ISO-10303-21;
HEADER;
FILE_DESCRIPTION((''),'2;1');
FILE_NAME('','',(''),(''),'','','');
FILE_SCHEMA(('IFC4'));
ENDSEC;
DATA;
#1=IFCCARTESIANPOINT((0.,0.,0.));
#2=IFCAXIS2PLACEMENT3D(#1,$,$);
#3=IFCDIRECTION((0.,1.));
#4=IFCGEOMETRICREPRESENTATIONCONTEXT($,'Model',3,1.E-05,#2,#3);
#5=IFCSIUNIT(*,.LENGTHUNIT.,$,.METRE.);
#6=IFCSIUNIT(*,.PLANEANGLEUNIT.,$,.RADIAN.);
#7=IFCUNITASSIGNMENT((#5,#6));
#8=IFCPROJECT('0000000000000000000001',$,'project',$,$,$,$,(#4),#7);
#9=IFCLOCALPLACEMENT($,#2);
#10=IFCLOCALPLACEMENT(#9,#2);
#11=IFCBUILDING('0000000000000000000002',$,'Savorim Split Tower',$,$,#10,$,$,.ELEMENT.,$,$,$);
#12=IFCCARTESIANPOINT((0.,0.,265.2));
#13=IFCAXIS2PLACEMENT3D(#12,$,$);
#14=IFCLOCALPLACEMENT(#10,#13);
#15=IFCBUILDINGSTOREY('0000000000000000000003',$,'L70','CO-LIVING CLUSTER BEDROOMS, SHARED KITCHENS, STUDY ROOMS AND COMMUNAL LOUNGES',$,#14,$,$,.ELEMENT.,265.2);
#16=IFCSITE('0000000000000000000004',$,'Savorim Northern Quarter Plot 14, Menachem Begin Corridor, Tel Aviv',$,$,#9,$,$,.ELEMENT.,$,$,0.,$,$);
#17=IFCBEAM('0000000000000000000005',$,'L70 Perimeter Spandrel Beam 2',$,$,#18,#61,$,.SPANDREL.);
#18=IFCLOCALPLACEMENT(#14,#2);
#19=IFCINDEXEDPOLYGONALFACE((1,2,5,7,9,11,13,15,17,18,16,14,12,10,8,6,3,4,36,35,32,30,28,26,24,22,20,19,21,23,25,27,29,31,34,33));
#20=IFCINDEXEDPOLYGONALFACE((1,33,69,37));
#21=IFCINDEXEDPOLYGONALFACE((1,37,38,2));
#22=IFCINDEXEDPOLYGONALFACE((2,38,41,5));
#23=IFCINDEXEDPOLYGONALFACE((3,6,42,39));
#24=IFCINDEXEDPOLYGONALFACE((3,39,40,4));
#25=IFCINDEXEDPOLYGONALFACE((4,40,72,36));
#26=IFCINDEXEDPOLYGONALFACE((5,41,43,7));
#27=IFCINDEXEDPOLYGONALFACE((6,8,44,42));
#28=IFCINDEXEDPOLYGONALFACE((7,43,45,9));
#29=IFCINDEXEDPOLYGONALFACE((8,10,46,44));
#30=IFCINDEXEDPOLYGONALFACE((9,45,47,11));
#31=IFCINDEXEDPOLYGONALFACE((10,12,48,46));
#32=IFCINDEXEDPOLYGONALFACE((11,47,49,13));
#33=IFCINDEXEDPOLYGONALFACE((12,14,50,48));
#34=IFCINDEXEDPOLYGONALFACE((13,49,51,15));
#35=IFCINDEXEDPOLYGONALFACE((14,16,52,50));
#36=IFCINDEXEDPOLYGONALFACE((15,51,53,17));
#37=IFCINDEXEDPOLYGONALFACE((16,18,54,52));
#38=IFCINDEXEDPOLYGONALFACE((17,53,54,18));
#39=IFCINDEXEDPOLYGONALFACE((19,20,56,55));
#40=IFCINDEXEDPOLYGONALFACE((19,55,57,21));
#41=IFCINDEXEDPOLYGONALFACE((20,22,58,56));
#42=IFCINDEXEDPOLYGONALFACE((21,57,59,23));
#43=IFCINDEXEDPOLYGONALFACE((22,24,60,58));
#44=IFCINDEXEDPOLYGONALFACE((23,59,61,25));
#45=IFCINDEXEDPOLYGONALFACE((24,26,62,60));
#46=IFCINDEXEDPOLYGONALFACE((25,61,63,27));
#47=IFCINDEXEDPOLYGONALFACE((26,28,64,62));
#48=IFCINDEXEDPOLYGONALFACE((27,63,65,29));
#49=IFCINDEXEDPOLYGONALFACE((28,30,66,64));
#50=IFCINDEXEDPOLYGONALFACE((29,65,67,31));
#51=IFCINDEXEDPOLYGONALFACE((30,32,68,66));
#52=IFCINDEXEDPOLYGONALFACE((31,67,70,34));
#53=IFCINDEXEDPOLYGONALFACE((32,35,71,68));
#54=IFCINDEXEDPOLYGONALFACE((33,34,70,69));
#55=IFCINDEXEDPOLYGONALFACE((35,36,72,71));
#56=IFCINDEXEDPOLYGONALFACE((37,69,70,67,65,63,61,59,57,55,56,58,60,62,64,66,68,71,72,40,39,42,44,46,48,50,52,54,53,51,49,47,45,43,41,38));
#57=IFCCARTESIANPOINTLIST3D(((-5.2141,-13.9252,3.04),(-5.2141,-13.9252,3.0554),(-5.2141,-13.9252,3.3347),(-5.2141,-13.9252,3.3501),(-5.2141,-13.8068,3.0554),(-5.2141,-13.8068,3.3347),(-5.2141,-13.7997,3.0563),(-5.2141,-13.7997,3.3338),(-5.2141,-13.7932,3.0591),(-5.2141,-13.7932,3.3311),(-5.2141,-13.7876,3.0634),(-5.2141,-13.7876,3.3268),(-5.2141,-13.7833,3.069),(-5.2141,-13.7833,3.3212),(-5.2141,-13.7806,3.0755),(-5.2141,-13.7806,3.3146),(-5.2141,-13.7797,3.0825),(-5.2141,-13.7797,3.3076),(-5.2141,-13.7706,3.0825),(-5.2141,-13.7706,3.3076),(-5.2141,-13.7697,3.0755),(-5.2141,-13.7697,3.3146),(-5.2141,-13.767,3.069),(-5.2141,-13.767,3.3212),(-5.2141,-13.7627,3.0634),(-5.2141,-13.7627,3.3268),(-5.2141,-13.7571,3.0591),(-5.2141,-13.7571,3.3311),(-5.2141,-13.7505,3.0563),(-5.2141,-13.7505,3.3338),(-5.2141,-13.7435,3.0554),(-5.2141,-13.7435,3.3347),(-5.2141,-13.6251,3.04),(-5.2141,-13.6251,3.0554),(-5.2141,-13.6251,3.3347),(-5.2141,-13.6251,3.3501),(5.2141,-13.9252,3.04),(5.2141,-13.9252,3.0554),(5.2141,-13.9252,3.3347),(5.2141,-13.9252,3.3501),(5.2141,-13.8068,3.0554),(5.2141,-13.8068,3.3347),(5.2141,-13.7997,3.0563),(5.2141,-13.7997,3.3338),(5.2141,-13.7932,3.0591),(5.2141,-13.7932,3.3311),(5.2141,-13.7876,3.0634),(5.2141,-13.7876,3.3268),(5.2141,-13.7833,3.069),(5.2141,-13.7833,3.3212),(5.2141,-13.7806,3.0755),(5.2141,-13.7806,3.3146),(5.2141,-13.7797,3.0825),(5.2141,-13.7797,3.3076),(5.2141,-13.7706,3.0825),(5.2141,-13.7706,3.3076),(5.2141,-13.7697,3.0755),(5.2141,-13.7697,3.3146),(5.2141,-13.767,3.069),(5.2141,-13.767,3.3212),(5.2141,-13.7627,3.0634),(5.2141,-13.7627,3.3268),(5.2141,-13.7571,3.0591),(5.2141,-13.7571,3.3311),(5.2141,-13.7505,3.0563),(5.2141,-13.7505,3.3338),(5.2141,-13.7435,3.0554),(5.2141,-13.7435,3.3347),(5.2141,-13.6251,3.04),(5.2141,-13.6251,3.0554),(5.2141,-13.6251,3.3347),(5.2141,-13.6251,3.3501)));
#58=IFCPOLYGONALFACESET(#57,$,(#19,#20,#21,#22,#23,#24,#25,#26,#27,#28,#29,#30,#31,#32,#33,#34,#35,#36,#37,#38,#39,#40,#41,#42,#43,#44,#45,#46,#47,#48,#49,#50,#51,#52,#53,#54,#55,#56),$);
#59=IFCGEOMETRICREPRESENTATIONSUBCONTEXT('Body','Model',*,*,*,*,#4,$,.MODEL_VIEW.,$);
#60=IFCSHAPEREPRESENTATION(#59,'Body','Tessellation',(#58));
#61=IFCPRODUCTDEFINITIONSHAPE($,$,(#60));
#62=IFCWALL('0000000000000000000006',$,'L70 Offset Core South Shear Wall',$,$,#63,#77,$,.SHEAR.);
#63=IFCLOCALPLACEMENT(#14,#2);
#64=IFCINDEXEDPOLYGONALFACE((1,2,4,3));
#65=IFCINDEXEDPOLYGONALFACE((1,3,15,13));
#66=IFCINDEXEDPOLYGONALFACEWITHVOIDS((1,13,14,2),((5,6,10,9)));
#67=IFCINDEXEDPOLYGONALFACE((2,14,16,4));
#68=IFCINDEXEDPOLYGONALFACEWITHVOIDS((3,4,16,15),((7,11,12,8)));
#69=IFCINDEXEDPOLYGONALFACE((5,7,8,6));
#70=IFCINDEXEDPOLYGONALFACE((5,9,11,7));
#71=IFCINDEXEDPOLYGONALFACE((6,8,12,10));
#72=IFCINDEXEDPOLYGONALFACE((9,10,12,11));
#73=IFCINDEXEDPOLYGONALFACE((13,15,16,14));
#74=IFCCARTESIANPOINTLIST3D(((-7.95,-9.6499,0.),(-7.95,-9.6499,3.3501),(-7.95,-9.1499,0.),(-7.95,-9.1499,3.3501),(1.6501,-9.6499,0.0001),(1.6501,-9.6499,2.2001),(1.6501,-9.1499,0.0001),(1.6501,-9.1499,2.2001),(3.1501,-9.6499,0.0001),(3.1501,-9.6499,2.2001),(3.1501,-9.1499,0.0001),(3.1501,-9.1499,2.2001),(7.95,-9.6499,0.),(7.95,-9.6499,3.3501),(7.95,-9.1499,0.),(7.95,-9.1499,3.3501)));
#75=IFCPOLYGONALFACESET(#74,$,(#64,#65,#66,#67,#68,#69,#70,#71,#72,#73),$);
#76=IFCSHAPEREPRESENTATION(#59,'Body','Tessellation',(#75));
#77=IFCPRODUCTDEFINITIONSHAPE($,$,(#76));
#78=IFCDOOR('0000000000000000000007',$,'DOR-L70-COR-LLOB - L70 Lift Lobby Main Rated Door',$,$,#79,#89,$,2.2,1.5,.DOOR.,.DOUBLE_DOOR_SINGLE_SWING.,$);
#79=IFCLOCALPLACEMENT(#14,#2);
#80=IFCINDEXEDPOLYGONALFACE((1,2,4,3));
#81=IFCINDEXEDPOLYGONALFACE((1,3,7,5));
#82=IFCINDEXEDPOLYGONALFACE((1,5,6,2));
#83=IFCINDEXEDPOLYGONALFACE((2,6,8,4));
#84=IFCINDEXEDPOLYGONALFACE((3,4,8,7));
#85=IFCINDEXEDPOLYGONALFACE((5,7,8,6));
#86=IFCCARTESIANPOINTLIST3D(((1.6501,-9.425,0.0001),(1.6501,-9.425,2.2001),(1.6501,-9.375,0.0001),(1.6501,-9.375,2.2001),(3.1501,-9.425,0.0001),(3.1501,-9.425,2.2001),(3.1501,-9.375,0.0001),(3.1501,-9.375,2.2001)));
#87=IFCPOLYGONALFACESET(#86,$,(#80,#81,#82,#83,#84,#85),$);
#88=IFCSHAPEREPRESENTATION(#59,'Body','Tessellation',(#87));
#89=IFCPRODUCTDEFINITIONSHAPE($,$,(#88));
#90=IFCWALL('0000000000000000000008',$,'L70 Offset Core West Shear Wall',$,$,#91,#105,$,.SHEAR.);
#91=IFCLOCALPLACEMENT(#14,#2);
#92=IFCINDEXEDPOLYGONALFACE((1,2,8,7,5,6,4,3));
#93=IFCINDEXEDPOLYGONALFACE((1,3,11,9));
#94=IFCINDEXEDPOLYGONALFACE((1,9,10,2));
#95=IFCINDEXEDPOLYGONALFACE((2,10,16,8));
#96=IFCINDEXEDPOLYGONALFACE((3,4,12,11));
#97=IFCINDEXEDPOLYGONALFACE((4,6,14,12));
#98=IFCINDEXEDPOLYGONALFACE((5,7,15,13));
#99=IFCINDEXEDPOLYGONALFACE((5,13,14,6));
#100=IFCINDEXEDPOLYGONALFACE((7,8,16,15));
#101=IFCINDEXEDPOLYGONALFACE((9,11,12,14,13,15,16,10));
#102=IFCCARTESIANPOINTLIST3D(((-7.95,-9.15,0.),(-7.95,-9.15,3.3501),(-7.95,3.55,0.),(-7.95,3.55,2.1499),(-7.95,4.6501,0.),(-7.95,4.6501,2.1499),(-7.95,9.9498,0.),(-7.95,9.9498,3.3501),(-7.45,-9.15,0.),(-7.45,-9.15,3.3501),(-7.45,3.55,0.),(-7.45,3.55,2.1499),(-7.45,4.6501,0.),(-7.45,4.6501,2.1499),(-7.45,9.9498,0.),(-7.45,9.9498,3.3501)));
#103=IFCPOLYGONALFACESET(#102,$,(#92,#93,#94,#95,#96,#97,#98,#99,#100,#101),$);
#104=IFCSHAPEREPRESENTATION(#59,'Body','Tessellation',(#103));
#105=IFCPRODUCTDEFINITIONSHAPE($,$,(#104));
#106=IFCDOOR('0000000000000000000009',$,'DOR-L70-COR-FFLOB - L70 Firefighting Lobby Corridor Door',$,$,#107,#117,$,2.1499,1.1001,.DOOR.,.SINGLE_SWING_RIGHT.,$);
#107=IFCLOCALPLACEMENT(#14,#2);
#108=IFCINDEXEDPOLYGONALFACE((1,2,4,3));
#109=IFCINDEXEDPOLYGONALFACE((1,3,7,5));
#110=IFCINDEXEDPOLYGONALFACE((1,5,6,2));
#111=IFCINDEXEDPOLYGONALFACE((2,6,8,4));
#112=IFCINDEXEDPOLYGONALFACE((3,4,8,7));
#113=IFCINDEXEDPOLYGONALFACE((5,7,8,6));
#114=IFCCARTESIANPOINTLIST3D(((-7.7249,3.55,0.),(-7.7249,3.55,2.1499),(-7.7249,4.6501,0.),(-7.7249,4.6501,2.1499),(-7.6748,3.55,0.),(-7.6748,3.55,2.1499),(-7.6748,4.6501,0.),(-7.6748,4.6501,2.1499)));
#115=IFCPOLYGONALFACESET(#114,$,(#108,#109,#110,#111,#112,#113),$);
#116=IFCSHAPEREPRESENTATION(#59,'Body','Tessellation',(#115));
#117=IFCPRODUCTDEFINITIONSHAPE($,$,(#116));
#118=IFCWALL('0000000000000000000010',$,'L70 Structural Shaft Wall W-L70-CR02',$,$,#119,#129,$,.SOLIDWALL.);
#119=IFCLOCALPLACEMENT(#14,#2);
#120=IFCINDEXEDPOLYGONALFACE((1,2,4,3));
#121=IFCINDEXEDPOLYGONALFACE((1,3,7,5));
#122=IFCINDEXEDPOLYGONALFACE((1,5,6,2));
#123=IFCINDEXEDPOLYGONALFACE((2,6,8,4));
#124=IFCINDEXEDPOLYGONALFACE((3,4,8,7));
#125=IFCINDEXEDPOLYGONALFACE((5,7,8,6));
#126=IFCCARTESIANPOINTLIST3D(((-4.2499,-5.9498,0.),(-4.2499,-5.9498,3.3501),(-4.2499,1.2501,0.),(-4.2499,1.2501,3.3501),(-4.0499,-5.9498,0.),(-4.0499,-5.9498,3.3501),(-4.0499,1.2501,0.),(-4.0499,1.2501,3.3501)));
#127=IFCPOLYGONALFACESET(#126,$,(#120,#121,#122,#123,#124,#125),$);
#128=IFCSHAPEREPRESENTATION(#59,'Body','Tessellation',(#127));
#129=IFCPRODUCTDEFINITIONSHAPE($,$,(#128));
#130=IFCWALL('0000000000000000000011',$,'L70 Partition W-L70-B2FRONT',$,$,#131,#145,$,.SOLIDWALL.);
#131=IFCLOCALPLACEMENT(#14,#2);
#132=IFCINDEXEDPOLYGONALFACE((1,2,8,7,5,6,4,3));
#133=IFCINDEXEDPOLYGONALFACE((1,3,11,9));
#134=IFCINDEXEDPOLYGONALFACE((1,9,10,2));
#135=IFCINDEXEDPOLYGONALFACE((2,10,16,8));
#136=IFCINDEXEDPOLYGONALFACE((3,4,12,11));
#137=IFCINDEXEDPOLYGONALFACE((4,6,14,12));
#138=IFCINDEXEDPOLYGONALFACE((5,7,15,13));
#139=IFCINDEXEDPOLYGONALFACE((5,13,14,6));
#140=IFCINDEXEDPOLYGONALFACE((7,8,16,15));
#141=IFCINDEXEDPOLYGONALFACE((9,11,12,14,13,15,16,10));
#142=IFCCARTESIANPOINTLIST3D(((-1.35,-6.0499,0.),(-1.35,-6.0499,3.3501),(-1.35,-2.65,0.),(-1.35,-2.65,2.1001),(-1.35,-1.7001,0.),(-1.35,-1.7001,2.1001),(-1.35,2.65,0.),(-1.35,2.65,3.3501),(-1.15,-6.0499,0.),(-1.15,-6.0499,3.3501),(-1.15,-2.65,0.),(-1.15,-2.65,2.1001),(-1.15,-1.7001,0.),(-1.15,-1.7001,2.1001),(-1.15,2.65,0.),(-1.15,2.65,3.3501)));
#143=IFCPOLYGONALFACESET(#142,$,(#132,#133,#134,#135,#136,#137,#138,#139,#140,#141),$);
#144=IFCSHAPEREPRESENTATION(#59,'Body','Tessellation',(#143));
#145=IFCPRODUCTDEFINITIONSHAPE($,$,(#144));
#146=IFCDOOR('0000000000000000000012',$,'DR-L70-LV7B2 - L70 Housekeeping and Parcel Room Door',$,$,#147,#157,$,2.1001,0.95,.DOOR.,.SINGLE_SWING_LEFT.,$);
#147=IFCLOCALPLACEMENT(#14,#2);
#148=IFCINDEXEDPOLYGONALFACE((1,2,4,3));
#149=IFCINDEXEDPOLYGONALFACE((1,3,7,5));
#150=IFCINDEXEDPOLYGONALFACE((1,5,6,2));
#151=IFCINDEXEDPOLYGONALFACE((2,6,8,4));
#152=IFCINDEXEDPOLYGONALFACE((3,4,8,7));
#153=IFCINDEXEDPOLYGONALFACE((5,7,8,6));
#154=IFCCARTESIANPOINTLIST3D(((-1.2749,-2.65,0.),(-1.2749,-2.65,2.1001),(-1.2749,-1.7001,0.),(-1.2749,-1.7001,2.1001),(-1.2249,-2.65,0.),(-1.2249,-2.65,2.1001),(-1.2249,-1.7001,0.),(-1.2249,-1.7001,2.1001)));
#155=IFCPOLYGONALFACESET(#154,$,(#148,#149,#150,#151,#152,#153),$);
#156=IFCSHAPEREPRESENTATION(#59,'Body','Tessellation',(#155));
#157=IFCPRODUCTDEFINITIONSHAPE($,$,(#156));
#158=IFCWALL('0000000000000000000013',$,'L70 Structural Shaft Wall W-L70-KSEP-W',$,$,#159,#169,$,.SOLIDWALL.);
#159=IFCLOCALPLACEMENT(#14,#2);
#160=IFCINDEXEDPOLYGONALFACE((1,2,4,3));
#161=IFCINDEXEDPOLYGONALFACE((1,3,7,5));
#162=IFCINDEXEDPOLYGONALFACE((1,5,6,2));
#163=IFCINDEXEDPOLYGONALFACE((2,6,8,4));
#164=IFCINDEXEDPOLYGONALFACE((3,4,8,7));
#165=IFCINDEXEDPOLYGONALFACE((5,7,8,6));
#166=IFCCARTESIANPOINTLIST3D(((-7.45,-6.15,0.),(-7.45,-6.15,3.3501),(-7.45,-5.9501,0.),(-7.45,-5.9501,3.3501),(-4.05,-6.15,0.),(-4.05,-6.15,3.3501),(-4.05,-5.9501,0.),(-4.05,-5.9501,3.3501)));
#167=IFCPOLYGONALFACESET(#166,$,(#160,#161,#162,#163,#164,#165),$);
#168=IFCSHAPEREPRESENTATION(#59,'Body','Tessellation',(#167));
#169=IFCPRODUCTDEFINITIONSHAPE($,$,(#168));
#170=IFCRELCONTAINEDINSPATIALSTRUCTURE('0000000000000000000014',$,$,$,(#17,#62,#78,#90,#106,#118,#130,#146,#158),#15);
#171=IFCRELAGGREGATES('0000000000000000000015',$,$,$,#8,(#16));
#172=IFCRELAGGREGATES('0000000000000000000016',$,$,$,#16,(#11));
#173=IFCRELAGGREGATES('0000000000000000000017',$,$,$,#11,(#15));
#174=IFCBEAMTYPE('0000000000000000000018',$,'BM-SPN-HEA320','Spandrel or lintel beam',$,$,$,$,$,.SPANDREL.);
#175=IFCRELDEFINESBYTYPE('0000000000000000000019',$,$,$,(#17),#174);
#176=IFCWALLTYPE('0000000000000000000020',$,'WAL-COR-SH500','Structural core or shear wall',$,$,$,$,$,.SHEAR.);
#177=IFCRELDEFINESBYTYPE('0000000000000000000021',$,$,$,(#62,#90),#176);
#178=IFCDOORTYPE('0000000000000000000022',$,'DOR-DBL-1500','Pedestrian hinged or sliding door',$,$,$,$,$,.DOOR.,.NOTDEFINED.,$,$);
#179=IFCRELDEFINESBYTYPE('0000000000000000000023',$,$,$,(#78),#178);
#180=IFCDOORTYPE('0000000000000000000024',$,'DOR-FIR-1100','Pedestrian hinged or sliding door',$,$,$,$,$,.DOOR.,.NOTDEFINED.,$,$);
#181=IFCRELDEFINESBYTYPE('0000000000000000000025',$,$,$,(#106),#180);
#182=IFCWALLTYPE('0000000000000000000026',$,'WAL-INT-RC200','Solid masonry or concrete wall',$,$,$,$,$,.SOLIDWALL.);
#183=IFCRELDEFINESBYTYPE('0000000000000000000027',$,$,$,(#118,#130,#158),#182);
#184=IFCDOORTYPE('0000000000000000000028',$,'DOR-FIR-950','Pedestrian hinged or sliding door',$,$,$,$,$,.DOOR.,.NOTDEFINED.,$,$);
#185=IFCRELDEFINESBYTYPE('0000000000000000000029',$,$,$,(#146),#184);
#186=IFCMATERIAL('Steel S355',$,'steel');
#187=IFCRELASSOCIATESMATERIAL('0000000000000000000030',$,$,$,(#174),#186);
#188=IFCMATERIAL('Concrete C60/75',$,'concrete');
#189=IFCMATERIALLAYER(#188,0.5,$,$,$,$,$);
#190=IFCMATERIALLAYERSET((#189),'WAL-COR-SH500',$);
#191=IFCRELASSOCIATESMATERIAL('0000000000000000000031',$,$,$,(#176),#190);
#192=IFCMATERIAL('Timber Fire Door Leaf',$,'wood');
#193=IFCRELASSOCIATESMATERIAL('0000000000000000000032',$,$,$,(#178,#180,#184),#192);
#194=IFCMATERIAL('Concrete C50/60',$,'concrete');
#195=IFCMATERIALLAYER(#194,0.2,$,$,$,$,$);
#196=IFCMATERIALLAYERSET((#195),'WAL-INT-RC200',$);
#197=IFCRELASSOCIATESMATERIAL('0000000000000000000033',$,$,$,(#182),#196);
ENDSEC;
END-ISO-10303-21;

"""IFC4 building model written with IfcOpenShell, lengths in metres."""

from ifc_helpers import new_model, si_unit, direction, frame, frame_2d, origin, origin_2d, place, context, subcontext, project, spatial, rectangle, i_section, extrude, material, layer, layer_set, material_profile, profile_set, type_object, element, fill, save


model = new_model("IFC4")

# Units and contexts
model_context = context("Model", 3, precision=1e-05, world=origin(), true_north=direction((0.0, 1.0)))
body_context = subcontext(model_context, "Body", "Model", "MODEL_VIEW")
ifc_project = project(units=[si_unit("LENGTHUNIT", "METRE"), si_unit("PLANEANGLEUNIT", "RADIAN")], contexts=[model_context])

# Site, building, storey
site_placement = place(None, origin())
site = spatial("IfcSite", under=ifc_project, at=site_placement, Name="Savorim Northern Quarter Plot 14, Menachem Begin Corridor, Tel Aviv", CompositionType="ELEMENT", RefElevation=0.0)
building_placement = place(site_placement, origin())
building = spatial("IfcBuilding", under=site, at=building_placement, Name="Savorim Split Tower", CompositionType="ELEMENT")
storey_placement = place(building_placement, frame((0.0, 0.0, 265.2)))
storey = spatial("IfcBuildingStorey", under=building, at=storey_placement, Name="L70", Description="CO-LIVING CLUSTER BEDROOMS, SHARED KITCHENS, STUDY ROOMS AND COMMUNAL LOUNGES", CompositionType="ELEMENT", Elevation=265.2)

# Shared definitions
ifc_material_1 = material(Name="Steel S355", Category="steel")

# Beam
ifc_material_profile_1 = material_profile(ifc_material_1, i_section(OverallWidth=0.3, OverallDepth=0.3101, WebThickness=0.009, FlangeThickness=0.0154, FilletRadius=0.0271, at=origin_2d()), Name="HEA 320")
ifc_profile_set_1 = profile_set([ifc_material_profile_1], Name="Steel S355")
beam_type_1 = type_object("IfcBeamType", Name="BM-SPN-HEA320", Description="Spandrel or lintel beam", PredefinedType="SPANDREL", material=ifc_profile_set_1)
beam_1_placement = place(storey_placement, frame((-5.2141, -13.7751, 3.1951), z_axis=(1.0, 0.0, 0.0), x_axis=(0.0, 1.0, 0.0)))
element("IfcBeam", 1, at=beam_1_placement, inside=storey, type_object=beam_type_1, Name="L70 Perimeter Spandrel Beam 2", PredefinedType="SPANDREL", context=body_context, shape_type="SweptSolid", body=[
    extrude(i_section(OverallWidth=0.3, OverallDepth=0.3101, WebThickness=0.009, FlangeThickness=0.0154, FilletRadius=0.0271, at=origin_2d()), origin(), (0.0, 0.0, 1.0), 10.4282),
])

# Walls, openings, doors
ifc_material_2 = material(Name="Concrete C60/75", Category="concrete")
ifc_layer_1 = layer(ifc_material_2, 0.5)
ifc_layer_set_1 = layer_set([ifc_layer_1], Name="WAL-COR-SH500")
wall_type_1 = type_object("IfcWallType", Name="WAL-COR-SH500", Description="Structural core or shear wall", PredefinedType="SHEAR", material=ifc_layer_set_1)
wall_1_placement = place(storey_placement, frame((-7.95, -9.3999, 0.0), z_axis=(0.0, 0.0, 1.0), x_axis=(1.0, 0.0, 0.0)))
wall_1 = element("IfcWall", 2, at=wall_1_placement, inside=storey, type_object=wall_type_1, Name="L70 Offset Core South Shear Wall", PredefinedType="SHEAR", context=body_context, shape_type="SweptSolid", body=[
    extrude(rectangle(XDim=15.8999, YDim=0.5, at=frame_2d((7.95, 0.0))), origin(), (0.0, 0.0, 1.0), 3.3501),
])
opening_1_placement = place(wall_1_placement, frame((9.6001, 0.0, 0.0)))
opening_1 = element("IfcOpeningElement", 3, at=opening_1_placement, cuts=wall_1, PredefinedType="OPENING", context=body_context, shape_type="SweptSolid", body=[
    extrude(rectangle(XDim=1.5, YDim=2.2, at=frame_2d((0.75, 1.1001))), frame((0.0, 0.26, 0.0), z_axis=(0.0, -1.0, 0.0), x_axis=(1.0, 0.0, 0.0)), (0.0, 0.0, 1.0), 0.52),
])
ifc_material_3 = material(Name="Timber Fire Door Leaf", Category="wood")
door_type_1 = type_object("IfcDoorType", Name="DOR-DBL-1500", Description="Pedestrian hinged or sliding door", OperationType="NOTDEFINED", PredefinedType="DOOR", material=ifc_material_3)
door_1_placement = place(opening_1_placement, origin())
door_1 = element("IfcDoor", 4, at=door_1_placement, inside=storey, type_object=door_type_1, Name="DOR-L70-COR-LLOB - L70 Lift Lobby Main Rated Door", OperationType="DOUBLE_DOOR_SINGLE_SWING", OverallHeight=2.2, OverallWidth=1.5, PredefinedType="DOOR", context=body_context, shape_type="SweptSolid", body=[
    extrude(rectangle(XDim=1.5, YDim=2.2, at=frame_2d((0.75, 1.1001))), frame((0.0, 0.0249, 0.0), z_axis=(0.0, -1.0, 0.0), x_axis=(1.0, 0.0, 0.0)), (0.0, 0.0, 1.0), 0.05),
])
fill(opening_1, door_1)
wall_2_placement = place(storey_placement, frame((-7.7, -9.1499, 0.0), z_axis=(0.0, 0.0, 1.0), x_axis=(0.0, 1.0, 0.0)))
wall_2 = element("IfcWall", 5, at=wall_2_placement, inside=storey, type_object=wall_type_1, Name="L70 Offset Core West Shear Wall", PredefinedType="SHEAR", context=body_context, shape_type="SweptSolid", body=[
    extrude(rectangle(XDim=19.0999, YDim=0.5, at=frame_2d((9.5498, 0.0))), origin(), (0.0, 0.0, 1.0), 3.3501),
])
opening_2_placement = place(wall_2_placement, frame((12.7, 0.0, 0.0)))
opening_2 = element("IfcOpeningElement", 6, at=opening_2_placement, cuts=wall_2, PredefinedType="OPENING", context=body_context, shape_type="SweptSolid", body=[
    extrude(rectangle(XDim=1.1001, YDim=2.1499, at=frame_2d((0.55, 1.075))), frame((0.0, 0.26, 0.0), z_axis=(0.0, -1.0, 0.0), x_axis=(1.0, 0.0, 0.0)), (0.0, 0.0, 1.0), 0.52),
])
door_type_2 = type_object("IfcDoorType", Name="DOR-FIR-1100", Description="Pedestrian hinged or sliding door", OperationType="NOTDEFINED", PredefinedType="DOOR", material=ifc_material_3)
door_2_placement = place(opening_2_placement, origin())
door_2 = element("IfcDoor", 7, at=door_2_placement, inside=storey, type_object=door_type_2, Name="DOR-L70-COR-FFLOB - L70 Firefighting Lobby Corridor Door", OperationType="SINGLE_SWING_RIGHT", OverallHeight=2.1499, OverallWidth=1.1001, PredefinedType="DOOR", context=body_context, shape_type="SweptSolid", body=[
    extrude(rectangle(XDim=1.1001, YDim=2.1499, at=frame_2d((0.55, 1.075))), frame((0.0, 0.0249, 0.0), z_axis=(0.0, -1.0, 0.0), x_axis=(1.0, 0.0, 0.0)), (0.0, 0.0, 1.0), 0.05),
])
fill(opening_2, door_2)

# Wall
ifc_material_4 = material(Name="Concrete C50/60", Category="concrete")
ifc_layer_2 = layer(ifc_material_4, 0.2)
ifc_layer_set_2 = layer_set([ifc_layer_2], Name="WAL-INT-RC200")
wall_type_2 = type_object("IfcWallType", Name="WAL-INT-RC200", Description="Solid masonry or concrete wall", PredefinedType="SOLIDWALL", material=ifc_layer_set_2)
wall_3_placement = place(storey_placement, frame((-4.1499, -5.95, 0.0), z_axis=(0.0, 0.0, 1.0), x_axis=(0.0, 1.0, 0.0)))
element("IfcWall", 8, at=wall_3_placement, inside=storey, type_object=wall_type_2, Name="L70 Structural Shaft Wall W-L70-CR02", PredefinedType="SOLIDWALL", context=body_context, shape_type="SweptSolid", body=[
    extrude(rectangle(XDim=7.2, YDim=0.2, at=frame_2d((3.6001, 0.0))), origin(), (0.0, 0.0, 1.0), 3.3501),
])

# Wall, opening, door
wall_4_placement = place(storey_placement, frame((-1.25, -6.05, 0.0), z_axis=(0.0, 0.0, 1.0), x_axis=(0.0, 1.0, 0.0)))
wall_4 = element("IfcWall", 9, at=wall_4_placement, inside=storey, type_object=wall_type_2, Name="L70 Partition W-L70-B2FRONT", PredefinedType="SOLIDWALL", context=body_context, shape_type="SweptSolid", body=[
    extrude(rectangle(XDim=8.7, YDim=0.2, at=frame_2d((4.3501, 0.0))), origin(), (0.0, 0.0, 1.0), 3.3501),
])
opening_3_placement = place(wall_4_placement, frame((3.3999, 0.0, 0.0)))
opening_3 = element("IfcOpeningElement", 10, at=opening_3_placement, cuts=wall_4, PredefinedType="OPENING", context=body_context, shape_type="SweptSolid", body=[
    extrude(rectangle(XDim=0.95, YDim=2.1001, at=frame_2d((0.4751, 1.05))), frame((0.0, 0.1099, 0.0), z_axis=(0.0, -1.0, 0.0), x_axis=(1.0, 0.0, 0.0)), (0.0, 0.0, 1.0), 0.22),
])
door_type_3 = type_object("IfcDoorType", Name="DOR-FIR-950", Description="Pedestrian hinged or sliding door", OperationType="NOTDEFINED", PredefinedType="DOOR", material=ifc_material_3)
door_3_placement = place(opening_3_placement, origin())
door_3 = element("IfcDoor", 11, at=door_3_placement, inside=storey, type_object=door_type_3, Name="DR-L70-LV7B2 - L70 Housekeeping and Parcel Room Door", OperationType="SINGLE_SWING_LEFT", OverallHeight=2.1001, OverallWidth=0.95, PredefinedType="DOOR", context=body_context, shape_type="SweptSolid", body=[
    extrude(rectangle(XDim=0.95, YDim=2.1001, at=frame_2d((0.4751, 1.05))), frame((0.0, 0.0249, 0.0), z_axis=(0.0, -1.0, 0.0), x_axis=(1.0, 0.0, 0.0)), (0.0, 0.0, 1.0), 0.05),
])
fill(opening_3, door_3)

# Wall
wall_5_placement = place(storey_placement, frame((-7.45, -6.05, 0.0), z_axis=(0.0, 0.0, 1.0), x_axis=(1.0, 0.0, 0.0)))
element("IfcWall", 12, at=wall_5_placement, inside=storey, type_object=wall_type_2, Name="L70 Structural Shaft Wall W-L70-KSEP-W", PredefinedType="SOLIDWALL", context=body_context, shape_type="SweptSolid", body=[
    extrude(rectangle(XDim=3.3999, YDim=0.2, at=frame_2d((1.7, 0.0))), origin(), (0.0, 0.0, 1.0), 3.3501),
])

save(model, "model.ifc")
